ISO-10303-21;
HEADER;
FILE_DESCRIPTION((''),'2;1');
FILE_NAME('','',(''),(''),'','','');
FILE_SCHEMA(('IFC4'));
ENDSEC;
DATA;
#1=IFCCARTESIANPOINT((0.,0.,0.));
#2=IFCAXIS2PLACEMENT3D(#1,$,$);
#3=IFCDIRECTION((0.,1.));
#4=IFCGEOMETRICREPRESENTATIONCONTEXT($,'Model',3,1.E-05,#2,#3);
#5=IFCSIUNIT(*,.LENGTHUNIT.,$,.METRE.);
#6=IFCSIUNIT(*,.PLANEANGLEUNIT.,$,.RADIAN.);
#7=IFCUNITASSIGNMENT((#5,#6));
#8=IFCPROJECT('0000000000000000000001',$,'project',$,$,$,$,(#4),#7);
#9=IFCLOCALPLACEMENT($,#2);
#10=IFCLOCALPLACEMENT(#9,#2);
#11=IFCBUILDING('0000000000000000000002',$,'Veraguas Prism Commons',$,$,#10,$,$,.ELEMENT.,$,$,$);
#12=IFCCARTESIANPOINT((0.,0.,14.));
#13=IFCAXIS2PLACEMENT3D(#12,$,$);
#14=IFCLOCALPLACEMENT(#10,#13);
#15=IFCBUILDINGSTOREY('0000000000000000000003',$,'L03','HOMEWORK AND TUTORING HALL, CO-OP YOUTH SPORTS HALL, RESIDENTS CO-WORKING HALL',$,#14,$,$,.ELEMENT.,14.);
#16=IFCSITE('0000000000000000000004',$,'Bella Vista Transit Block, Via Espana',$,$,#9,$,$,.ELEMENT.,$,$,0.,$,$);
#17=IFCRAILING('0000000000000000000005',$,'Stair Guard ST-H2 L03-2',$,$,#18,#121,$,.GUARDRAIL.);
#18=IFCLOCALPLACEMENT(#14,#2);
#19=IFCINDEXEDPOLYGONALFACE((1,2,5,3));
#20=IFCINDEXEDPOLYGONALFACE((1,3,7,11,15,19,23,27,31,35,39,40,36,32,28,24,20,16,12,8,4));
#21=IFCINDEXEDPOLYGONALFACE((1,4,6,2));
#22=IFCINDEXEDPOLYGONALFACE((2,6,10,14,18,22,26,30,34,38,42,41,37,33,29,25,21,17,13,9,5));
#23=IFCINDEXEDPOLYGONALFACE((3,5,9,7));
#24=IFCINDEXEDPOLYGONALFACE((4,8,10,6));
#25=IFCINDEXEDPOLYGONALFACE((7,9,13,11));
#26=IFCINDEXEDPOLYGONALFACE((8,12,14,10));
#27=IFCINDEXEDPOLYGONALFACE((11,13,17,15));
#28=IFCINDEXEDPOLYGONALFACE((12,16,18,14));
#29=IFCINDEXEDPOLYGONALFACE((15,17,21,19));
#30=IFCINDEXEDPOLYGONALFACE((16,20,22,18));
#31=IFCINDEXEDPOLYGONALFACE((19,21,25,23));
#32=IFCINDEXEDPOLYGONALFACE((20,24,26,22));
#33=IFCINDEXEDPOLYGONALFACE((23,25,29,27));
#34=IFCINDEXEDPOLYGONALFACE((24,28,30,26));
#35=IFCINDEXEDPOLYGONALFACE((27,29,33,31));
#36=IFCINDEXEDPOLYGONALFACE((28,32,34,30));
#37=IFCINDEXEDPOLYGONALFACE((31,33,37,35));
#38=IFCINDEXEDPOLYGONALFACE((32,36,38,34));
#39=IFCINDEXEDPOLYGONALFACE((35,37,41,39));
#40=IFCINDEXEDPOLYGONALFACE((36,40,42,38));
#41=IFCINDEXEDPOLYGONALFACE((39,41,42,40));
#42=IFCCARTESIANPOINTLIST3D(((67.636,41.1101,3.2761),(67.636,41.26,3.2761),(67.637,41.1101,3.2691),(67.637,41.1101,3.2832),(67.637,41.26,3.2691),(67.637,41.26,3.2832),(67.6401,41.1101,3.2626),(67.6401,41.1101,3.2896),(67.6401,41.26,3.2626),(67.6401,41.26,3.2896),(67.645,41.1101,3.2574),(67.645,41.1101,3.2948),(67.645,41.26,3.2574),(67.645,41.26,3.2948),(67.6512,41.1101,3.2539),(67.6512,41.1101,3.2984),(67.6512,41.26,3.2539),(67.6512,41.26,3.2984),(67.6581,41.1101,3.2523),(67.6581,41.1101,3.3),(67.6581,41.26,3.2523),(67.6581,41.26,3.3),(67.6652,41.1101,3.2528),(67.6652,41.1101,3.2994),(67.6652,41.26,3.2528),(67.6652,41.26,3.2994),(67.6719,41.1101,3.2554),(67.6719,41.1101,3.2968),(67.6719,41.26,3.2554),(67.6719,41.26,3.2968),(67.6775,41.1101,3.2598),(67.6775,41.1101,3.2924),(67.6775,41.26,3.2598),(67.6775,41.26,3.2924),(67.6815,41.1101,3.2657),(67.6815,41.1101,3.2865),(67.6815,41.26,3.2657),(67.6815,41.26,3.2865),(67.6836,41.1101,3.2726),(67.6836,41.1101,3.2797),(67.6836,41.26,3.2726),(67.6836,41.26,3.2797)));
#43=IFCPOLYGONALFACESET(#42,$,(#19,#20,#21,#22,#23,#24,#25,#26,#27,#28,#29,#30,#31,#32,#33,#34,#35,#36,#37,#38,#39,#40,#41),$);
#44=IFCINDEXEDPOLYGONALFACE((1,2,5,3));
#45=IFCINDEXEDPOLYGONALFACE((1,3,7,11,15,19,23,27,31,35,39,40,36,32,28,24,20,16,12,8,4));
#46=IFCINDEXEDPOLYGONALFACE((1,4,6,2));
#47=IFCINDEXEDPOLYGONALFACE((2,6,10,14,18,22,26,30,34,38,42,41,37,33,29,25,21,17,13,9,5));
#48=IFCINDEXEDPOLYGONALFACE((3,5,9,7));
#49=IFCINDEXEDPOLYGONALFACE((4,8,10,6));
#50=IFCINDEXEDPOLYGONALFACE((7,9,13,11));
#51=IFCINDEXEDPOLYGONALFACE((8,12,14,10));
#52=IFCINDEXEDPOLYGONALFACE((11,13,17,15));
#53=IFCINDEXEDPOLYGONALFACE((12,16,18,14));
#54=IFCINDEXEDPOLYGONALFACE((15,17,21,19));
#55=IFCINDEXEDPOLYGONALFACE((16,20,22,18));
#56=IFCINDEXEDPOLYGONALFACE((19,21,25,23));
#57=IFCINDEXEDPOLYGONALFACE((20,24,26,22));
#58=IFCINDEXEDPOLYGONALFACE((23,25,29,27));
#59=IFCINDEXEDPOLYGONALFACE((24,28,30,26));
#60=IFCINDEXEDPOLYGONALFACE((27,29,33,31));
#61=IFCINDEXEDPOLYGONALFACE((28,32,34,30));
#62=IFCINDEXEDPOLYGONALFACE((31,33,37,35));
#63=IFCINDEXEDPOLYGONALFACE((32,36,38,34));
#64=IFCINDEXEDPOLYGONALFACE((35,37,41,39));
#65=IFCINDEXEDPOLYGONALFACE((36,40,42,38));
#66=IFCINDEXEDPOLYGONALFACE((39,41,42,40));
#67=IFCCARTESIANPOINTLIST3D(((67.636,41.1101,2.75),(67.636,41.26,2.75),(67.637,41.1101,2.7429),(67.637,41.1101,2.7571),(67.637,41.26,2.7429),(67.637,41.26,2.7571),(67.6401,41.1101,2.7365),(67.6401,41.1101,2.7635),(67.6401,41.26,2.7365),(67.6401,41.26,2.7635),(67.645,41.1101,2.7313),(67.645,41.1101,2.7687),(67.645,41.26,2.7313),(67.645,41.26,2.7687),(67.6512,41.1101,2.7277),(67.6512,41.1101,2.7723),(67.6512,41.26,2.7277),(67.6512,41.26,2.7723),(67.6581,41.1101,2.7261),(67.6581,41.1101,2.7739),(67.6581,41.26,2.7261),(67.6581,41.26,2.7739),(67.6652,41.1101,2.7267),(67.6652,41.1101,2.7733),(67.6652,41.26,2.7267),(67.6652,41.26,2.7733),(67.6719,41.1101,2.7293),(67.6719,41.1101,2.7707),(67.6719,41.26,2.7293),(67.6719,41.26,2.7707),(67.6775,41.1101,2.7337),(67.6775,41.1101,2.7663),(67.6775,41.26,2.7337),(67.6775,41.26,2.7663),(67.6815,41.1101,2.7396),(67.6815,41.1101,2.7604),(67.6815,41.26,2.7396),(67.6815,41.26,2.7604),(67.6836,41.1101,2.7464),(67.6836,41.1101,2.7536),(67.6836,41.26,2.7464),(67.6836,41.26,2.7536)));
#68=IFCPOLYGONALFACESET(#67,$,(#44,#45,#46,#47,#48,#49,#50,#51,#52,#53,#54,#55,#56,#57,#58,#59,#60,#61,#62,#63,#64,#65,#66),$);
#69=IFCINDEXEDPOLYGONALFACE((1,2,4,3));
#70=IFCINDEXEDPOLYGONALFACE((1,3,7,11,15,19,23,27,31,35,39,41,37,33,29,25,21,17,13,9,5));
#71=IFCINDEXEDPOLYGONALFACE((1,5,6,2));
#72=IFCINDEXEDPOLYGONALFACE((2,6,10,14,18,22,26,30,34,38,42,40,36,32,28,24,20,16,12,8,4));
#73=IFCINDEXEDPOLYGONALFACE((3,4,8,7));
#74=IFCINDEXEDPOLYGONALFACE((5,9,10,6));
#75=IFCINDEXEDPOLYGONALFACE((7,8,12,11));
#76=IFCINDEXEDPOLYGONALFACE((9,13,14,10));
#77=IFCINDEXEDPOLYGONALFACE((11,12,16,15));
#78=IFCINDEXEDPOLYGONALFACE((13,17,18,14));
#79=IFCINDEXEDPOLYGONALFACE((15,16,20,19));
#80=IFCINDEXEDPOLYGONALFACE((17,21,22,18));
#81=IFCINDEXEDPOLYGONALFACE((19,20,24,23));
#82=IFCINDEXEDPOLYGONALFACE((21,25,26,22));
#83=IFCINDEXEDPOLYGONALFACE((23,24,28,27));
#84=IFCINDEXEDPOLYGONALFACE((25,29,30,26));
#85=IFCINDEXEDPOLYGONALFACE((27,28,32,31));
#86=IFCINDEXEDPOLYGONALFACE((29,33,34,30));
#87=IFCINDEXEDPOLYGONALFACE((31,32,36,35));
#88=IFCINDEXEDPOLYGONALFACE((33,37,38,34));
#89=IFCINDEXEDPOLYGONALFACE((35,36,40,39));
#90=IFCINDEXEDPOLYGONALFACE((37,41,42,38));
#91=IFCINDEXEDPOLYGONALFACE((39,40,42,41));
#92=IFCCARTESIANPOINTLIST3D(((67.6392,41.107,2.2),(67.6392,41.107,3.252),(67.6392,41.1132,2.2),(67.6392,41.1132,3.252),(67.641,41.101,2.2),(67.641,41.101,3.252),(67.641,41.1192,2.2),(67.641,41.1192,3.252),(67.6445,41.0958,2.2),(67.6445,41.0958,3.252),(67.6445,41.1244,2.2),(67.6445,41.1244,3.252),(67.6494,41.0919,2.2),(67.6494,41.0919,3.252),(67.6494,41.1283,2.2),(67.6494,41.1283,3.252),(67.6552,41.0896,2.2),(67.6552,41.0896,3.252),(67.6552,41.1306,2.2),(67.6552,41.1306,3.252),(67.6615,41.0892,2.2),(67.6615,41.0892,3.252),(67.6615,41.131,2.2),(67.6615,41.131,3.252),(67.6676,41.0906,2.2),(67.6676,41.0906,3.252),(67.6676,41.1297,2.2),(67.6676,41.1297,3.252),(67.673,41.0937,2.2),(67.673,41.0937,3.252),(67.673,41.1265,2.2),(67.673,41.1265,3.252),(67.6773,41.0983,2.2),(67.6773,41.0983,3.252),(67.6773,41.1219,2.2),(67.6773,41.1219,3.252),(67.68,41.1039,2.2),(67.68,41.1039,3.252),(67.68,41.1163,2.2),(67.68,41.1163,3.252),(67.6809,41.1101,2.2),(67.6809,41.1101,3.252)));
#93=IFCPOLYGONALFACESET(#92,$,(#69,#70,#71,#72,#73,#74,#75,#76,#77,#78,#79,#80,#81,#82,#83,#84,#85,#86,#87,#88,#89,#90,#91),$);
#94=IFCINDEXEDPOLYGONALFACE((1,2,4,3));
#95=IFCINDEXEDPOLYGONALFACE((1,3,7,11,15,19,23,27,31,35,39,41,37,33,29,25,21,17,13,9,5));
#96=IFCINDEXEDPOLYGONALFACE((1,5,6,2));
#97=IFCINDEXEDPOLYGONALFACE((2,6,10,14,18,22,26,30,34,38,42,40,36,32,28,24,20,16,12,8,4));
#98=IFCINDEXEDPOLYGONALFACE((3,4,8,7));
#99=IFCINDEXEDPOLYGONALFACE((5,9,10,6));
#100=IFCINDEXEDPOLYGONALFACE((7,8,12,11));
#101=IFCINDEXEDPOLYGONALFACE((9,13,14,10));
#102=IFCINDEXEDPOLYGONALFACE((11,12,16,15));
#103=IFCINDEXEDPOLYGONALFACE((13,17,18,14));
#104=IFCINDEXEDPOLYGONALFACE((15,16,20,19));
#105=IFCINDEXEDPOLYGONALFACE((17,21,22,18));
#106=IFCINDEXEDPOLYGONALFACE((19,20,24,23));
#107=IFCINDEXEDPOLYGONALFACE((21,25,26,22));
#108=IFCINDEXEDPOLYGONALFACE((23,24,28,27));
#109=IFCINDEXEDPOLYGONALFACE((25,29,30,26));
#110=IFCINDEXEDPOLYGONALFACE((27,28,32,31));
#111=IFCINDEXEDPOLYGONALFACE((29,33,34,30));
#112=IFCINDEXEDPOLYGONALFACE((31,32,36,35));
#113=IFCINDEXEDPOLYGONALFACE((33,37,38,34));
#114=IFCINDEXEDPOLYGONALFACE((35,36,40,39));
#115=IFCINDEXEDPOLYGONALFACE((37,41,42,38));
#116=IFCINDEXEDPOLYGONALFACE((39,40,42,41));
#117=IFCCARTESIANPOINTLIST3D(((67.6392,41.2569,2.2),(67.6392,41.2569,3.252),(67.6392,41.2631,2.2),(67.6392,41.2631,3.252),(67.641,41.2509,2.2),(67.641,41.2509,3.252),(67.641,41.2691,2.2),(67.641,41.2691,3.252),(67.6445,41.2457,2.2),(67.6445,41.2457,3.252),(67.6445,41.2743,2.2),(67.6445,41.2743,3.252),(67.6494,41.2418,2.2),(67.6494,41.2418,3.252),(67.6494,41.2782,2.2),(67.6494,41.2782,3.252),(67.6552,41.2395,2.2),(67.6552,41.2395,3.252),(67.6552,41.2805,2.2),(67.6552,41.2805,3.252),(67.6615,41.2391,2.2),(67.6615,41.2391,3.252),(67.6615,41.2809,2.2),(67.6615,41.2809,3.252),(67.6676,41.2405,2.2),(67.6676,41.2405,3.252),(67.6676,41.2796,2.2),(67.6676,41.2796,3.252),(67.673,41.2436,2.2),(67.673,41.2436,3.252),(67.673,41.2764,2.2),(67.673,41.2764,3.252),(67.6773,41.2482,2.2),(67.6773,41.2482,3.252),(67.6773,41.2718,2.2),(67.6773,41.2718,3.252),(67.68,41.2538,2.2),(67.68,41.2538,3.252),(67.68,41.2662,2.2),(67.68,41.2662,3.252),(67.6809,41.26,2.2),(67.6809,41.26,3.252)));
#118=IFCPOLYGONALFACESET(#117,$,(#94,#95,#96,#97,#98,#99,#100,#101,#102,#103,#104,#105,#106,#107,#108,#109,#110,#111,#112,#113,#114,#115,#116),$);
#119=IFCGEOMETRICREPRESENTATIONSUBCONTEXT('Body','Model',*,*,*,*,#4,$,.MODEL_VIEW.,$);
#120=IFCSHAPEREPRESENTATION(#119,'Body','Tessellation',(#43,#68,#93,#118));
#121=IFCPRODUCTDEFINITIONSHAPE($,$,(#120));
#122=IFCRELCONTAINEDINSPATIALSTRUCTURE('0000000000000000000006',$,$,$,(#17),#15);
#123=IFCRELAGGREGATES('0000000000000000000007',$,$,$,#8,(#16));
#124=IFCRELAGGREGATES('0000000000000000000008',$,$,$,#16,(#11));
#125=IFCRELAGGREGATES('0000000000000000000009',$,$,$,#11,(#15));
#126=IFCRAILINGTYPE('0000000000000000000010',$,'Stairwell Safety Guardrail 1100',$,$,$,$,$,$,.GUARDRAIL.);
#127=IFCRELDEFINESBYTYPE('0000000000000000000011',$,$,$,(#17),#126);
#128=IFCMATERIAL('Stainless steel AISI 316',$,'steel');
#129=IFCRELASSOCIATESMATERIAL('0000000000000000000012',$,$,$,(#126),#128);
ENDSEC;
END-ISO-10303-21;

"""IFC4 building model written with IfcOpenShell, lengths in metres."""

from ifc_helpers import new_model, si_unit, direction, frame, origin, origin_2d, place, context, subcontext, project, spatial, circle, extrude, material, type_object, element, save


model = new_model("IFC4")

# Units and contexts
model_context = context("Model", 3, precision=1e-05, world=origin(), true_north=direction((0.0, 1.0)))
body_context = subcontext(model_context, "Body", "Model", "MODEL_VIEW")
ifc_project = project(units=[si_unit("LENGTHUNIT", "METRE"), si_unit("PLANEANGLEUNIT", "RADIAN")], contexts=[model_context])

# Site, building, storey
site_placement = place(None, origin())
site = spatial("IfcSite", under=ifc_project, at=site_placement, Name="Bella Vista Transit Block, Via Espana", CompositionType="ELEMENT", RefElevation=0.0)
building_placement = place(site_placement, origin())
building = spatial("IfcBuilding", under=site, at=building_placement, Name="Veraguas Prism Commons", CompositionType="ELEMENT")
storey_placement = place(building_placement, frame((0.0, 0.0, 14.0)))
storey = spatial("IfcBuildingStorey", under=building, at=storey_placement, Name="L03", Description="HOMEWORK AND TUTORING HALL, CO-OP YOUTH SPORTS HALL, RESIDENTS CO-WORKING HALL", CompositionType="ELEMENT", Elevation=14.0)

# Railing
ifc_material_1 = material(Name="Stainless steel AISI 316", Category="steel")
railing_type_1 = type_object("IfcRailingType", Name="Stairwell Safety Guardrail 1100", PredefinedType="GUARDRAIL", material=ifc_material_1)
railing_1_placement = place(storey_placement, frame((67.6599, 41.1101, 2.2)))
element("IfcRailing", 1, at=railing_1_placement, inside=storey, type_object=railing_type_1, Name="Stair Guard ST-H2 L03-2", PredefinedType="GUARDRAIL", context=body_context, shape_type="SweptSolid", body=[
    extrude(circle(Radius=0.0239, at=origin_2d()), frame((0.0, 0.0, 1.0762), z_axis=(0.0, 1.0, 0.0), x_axis=(-1.0, 0.0, 0.0)), (0.0, 0.0, 1.0), 0.1499),
    extrude(circle(Radius=0.0239, at=origin_2d()), frame((0.0, 0.0, 0.55), z_axis=(0.0, 1.0, 0.0), x_axis=(-1.0, 0.0, 0.0)), (0.0, 0.0, 1.0), 0.1499),
    extrude(circle(Radius=0.021, at=origin_2d()), origin(), (0.0, 0.0, 1.0), 1.052),
    extrude(circle(Radius=0.021, at=origin_2d()), frame((0.0, 0.1499, 0.0)), (0.0, 0.0, 1.0), 1.052),
])

save(model, "model.ifc")
